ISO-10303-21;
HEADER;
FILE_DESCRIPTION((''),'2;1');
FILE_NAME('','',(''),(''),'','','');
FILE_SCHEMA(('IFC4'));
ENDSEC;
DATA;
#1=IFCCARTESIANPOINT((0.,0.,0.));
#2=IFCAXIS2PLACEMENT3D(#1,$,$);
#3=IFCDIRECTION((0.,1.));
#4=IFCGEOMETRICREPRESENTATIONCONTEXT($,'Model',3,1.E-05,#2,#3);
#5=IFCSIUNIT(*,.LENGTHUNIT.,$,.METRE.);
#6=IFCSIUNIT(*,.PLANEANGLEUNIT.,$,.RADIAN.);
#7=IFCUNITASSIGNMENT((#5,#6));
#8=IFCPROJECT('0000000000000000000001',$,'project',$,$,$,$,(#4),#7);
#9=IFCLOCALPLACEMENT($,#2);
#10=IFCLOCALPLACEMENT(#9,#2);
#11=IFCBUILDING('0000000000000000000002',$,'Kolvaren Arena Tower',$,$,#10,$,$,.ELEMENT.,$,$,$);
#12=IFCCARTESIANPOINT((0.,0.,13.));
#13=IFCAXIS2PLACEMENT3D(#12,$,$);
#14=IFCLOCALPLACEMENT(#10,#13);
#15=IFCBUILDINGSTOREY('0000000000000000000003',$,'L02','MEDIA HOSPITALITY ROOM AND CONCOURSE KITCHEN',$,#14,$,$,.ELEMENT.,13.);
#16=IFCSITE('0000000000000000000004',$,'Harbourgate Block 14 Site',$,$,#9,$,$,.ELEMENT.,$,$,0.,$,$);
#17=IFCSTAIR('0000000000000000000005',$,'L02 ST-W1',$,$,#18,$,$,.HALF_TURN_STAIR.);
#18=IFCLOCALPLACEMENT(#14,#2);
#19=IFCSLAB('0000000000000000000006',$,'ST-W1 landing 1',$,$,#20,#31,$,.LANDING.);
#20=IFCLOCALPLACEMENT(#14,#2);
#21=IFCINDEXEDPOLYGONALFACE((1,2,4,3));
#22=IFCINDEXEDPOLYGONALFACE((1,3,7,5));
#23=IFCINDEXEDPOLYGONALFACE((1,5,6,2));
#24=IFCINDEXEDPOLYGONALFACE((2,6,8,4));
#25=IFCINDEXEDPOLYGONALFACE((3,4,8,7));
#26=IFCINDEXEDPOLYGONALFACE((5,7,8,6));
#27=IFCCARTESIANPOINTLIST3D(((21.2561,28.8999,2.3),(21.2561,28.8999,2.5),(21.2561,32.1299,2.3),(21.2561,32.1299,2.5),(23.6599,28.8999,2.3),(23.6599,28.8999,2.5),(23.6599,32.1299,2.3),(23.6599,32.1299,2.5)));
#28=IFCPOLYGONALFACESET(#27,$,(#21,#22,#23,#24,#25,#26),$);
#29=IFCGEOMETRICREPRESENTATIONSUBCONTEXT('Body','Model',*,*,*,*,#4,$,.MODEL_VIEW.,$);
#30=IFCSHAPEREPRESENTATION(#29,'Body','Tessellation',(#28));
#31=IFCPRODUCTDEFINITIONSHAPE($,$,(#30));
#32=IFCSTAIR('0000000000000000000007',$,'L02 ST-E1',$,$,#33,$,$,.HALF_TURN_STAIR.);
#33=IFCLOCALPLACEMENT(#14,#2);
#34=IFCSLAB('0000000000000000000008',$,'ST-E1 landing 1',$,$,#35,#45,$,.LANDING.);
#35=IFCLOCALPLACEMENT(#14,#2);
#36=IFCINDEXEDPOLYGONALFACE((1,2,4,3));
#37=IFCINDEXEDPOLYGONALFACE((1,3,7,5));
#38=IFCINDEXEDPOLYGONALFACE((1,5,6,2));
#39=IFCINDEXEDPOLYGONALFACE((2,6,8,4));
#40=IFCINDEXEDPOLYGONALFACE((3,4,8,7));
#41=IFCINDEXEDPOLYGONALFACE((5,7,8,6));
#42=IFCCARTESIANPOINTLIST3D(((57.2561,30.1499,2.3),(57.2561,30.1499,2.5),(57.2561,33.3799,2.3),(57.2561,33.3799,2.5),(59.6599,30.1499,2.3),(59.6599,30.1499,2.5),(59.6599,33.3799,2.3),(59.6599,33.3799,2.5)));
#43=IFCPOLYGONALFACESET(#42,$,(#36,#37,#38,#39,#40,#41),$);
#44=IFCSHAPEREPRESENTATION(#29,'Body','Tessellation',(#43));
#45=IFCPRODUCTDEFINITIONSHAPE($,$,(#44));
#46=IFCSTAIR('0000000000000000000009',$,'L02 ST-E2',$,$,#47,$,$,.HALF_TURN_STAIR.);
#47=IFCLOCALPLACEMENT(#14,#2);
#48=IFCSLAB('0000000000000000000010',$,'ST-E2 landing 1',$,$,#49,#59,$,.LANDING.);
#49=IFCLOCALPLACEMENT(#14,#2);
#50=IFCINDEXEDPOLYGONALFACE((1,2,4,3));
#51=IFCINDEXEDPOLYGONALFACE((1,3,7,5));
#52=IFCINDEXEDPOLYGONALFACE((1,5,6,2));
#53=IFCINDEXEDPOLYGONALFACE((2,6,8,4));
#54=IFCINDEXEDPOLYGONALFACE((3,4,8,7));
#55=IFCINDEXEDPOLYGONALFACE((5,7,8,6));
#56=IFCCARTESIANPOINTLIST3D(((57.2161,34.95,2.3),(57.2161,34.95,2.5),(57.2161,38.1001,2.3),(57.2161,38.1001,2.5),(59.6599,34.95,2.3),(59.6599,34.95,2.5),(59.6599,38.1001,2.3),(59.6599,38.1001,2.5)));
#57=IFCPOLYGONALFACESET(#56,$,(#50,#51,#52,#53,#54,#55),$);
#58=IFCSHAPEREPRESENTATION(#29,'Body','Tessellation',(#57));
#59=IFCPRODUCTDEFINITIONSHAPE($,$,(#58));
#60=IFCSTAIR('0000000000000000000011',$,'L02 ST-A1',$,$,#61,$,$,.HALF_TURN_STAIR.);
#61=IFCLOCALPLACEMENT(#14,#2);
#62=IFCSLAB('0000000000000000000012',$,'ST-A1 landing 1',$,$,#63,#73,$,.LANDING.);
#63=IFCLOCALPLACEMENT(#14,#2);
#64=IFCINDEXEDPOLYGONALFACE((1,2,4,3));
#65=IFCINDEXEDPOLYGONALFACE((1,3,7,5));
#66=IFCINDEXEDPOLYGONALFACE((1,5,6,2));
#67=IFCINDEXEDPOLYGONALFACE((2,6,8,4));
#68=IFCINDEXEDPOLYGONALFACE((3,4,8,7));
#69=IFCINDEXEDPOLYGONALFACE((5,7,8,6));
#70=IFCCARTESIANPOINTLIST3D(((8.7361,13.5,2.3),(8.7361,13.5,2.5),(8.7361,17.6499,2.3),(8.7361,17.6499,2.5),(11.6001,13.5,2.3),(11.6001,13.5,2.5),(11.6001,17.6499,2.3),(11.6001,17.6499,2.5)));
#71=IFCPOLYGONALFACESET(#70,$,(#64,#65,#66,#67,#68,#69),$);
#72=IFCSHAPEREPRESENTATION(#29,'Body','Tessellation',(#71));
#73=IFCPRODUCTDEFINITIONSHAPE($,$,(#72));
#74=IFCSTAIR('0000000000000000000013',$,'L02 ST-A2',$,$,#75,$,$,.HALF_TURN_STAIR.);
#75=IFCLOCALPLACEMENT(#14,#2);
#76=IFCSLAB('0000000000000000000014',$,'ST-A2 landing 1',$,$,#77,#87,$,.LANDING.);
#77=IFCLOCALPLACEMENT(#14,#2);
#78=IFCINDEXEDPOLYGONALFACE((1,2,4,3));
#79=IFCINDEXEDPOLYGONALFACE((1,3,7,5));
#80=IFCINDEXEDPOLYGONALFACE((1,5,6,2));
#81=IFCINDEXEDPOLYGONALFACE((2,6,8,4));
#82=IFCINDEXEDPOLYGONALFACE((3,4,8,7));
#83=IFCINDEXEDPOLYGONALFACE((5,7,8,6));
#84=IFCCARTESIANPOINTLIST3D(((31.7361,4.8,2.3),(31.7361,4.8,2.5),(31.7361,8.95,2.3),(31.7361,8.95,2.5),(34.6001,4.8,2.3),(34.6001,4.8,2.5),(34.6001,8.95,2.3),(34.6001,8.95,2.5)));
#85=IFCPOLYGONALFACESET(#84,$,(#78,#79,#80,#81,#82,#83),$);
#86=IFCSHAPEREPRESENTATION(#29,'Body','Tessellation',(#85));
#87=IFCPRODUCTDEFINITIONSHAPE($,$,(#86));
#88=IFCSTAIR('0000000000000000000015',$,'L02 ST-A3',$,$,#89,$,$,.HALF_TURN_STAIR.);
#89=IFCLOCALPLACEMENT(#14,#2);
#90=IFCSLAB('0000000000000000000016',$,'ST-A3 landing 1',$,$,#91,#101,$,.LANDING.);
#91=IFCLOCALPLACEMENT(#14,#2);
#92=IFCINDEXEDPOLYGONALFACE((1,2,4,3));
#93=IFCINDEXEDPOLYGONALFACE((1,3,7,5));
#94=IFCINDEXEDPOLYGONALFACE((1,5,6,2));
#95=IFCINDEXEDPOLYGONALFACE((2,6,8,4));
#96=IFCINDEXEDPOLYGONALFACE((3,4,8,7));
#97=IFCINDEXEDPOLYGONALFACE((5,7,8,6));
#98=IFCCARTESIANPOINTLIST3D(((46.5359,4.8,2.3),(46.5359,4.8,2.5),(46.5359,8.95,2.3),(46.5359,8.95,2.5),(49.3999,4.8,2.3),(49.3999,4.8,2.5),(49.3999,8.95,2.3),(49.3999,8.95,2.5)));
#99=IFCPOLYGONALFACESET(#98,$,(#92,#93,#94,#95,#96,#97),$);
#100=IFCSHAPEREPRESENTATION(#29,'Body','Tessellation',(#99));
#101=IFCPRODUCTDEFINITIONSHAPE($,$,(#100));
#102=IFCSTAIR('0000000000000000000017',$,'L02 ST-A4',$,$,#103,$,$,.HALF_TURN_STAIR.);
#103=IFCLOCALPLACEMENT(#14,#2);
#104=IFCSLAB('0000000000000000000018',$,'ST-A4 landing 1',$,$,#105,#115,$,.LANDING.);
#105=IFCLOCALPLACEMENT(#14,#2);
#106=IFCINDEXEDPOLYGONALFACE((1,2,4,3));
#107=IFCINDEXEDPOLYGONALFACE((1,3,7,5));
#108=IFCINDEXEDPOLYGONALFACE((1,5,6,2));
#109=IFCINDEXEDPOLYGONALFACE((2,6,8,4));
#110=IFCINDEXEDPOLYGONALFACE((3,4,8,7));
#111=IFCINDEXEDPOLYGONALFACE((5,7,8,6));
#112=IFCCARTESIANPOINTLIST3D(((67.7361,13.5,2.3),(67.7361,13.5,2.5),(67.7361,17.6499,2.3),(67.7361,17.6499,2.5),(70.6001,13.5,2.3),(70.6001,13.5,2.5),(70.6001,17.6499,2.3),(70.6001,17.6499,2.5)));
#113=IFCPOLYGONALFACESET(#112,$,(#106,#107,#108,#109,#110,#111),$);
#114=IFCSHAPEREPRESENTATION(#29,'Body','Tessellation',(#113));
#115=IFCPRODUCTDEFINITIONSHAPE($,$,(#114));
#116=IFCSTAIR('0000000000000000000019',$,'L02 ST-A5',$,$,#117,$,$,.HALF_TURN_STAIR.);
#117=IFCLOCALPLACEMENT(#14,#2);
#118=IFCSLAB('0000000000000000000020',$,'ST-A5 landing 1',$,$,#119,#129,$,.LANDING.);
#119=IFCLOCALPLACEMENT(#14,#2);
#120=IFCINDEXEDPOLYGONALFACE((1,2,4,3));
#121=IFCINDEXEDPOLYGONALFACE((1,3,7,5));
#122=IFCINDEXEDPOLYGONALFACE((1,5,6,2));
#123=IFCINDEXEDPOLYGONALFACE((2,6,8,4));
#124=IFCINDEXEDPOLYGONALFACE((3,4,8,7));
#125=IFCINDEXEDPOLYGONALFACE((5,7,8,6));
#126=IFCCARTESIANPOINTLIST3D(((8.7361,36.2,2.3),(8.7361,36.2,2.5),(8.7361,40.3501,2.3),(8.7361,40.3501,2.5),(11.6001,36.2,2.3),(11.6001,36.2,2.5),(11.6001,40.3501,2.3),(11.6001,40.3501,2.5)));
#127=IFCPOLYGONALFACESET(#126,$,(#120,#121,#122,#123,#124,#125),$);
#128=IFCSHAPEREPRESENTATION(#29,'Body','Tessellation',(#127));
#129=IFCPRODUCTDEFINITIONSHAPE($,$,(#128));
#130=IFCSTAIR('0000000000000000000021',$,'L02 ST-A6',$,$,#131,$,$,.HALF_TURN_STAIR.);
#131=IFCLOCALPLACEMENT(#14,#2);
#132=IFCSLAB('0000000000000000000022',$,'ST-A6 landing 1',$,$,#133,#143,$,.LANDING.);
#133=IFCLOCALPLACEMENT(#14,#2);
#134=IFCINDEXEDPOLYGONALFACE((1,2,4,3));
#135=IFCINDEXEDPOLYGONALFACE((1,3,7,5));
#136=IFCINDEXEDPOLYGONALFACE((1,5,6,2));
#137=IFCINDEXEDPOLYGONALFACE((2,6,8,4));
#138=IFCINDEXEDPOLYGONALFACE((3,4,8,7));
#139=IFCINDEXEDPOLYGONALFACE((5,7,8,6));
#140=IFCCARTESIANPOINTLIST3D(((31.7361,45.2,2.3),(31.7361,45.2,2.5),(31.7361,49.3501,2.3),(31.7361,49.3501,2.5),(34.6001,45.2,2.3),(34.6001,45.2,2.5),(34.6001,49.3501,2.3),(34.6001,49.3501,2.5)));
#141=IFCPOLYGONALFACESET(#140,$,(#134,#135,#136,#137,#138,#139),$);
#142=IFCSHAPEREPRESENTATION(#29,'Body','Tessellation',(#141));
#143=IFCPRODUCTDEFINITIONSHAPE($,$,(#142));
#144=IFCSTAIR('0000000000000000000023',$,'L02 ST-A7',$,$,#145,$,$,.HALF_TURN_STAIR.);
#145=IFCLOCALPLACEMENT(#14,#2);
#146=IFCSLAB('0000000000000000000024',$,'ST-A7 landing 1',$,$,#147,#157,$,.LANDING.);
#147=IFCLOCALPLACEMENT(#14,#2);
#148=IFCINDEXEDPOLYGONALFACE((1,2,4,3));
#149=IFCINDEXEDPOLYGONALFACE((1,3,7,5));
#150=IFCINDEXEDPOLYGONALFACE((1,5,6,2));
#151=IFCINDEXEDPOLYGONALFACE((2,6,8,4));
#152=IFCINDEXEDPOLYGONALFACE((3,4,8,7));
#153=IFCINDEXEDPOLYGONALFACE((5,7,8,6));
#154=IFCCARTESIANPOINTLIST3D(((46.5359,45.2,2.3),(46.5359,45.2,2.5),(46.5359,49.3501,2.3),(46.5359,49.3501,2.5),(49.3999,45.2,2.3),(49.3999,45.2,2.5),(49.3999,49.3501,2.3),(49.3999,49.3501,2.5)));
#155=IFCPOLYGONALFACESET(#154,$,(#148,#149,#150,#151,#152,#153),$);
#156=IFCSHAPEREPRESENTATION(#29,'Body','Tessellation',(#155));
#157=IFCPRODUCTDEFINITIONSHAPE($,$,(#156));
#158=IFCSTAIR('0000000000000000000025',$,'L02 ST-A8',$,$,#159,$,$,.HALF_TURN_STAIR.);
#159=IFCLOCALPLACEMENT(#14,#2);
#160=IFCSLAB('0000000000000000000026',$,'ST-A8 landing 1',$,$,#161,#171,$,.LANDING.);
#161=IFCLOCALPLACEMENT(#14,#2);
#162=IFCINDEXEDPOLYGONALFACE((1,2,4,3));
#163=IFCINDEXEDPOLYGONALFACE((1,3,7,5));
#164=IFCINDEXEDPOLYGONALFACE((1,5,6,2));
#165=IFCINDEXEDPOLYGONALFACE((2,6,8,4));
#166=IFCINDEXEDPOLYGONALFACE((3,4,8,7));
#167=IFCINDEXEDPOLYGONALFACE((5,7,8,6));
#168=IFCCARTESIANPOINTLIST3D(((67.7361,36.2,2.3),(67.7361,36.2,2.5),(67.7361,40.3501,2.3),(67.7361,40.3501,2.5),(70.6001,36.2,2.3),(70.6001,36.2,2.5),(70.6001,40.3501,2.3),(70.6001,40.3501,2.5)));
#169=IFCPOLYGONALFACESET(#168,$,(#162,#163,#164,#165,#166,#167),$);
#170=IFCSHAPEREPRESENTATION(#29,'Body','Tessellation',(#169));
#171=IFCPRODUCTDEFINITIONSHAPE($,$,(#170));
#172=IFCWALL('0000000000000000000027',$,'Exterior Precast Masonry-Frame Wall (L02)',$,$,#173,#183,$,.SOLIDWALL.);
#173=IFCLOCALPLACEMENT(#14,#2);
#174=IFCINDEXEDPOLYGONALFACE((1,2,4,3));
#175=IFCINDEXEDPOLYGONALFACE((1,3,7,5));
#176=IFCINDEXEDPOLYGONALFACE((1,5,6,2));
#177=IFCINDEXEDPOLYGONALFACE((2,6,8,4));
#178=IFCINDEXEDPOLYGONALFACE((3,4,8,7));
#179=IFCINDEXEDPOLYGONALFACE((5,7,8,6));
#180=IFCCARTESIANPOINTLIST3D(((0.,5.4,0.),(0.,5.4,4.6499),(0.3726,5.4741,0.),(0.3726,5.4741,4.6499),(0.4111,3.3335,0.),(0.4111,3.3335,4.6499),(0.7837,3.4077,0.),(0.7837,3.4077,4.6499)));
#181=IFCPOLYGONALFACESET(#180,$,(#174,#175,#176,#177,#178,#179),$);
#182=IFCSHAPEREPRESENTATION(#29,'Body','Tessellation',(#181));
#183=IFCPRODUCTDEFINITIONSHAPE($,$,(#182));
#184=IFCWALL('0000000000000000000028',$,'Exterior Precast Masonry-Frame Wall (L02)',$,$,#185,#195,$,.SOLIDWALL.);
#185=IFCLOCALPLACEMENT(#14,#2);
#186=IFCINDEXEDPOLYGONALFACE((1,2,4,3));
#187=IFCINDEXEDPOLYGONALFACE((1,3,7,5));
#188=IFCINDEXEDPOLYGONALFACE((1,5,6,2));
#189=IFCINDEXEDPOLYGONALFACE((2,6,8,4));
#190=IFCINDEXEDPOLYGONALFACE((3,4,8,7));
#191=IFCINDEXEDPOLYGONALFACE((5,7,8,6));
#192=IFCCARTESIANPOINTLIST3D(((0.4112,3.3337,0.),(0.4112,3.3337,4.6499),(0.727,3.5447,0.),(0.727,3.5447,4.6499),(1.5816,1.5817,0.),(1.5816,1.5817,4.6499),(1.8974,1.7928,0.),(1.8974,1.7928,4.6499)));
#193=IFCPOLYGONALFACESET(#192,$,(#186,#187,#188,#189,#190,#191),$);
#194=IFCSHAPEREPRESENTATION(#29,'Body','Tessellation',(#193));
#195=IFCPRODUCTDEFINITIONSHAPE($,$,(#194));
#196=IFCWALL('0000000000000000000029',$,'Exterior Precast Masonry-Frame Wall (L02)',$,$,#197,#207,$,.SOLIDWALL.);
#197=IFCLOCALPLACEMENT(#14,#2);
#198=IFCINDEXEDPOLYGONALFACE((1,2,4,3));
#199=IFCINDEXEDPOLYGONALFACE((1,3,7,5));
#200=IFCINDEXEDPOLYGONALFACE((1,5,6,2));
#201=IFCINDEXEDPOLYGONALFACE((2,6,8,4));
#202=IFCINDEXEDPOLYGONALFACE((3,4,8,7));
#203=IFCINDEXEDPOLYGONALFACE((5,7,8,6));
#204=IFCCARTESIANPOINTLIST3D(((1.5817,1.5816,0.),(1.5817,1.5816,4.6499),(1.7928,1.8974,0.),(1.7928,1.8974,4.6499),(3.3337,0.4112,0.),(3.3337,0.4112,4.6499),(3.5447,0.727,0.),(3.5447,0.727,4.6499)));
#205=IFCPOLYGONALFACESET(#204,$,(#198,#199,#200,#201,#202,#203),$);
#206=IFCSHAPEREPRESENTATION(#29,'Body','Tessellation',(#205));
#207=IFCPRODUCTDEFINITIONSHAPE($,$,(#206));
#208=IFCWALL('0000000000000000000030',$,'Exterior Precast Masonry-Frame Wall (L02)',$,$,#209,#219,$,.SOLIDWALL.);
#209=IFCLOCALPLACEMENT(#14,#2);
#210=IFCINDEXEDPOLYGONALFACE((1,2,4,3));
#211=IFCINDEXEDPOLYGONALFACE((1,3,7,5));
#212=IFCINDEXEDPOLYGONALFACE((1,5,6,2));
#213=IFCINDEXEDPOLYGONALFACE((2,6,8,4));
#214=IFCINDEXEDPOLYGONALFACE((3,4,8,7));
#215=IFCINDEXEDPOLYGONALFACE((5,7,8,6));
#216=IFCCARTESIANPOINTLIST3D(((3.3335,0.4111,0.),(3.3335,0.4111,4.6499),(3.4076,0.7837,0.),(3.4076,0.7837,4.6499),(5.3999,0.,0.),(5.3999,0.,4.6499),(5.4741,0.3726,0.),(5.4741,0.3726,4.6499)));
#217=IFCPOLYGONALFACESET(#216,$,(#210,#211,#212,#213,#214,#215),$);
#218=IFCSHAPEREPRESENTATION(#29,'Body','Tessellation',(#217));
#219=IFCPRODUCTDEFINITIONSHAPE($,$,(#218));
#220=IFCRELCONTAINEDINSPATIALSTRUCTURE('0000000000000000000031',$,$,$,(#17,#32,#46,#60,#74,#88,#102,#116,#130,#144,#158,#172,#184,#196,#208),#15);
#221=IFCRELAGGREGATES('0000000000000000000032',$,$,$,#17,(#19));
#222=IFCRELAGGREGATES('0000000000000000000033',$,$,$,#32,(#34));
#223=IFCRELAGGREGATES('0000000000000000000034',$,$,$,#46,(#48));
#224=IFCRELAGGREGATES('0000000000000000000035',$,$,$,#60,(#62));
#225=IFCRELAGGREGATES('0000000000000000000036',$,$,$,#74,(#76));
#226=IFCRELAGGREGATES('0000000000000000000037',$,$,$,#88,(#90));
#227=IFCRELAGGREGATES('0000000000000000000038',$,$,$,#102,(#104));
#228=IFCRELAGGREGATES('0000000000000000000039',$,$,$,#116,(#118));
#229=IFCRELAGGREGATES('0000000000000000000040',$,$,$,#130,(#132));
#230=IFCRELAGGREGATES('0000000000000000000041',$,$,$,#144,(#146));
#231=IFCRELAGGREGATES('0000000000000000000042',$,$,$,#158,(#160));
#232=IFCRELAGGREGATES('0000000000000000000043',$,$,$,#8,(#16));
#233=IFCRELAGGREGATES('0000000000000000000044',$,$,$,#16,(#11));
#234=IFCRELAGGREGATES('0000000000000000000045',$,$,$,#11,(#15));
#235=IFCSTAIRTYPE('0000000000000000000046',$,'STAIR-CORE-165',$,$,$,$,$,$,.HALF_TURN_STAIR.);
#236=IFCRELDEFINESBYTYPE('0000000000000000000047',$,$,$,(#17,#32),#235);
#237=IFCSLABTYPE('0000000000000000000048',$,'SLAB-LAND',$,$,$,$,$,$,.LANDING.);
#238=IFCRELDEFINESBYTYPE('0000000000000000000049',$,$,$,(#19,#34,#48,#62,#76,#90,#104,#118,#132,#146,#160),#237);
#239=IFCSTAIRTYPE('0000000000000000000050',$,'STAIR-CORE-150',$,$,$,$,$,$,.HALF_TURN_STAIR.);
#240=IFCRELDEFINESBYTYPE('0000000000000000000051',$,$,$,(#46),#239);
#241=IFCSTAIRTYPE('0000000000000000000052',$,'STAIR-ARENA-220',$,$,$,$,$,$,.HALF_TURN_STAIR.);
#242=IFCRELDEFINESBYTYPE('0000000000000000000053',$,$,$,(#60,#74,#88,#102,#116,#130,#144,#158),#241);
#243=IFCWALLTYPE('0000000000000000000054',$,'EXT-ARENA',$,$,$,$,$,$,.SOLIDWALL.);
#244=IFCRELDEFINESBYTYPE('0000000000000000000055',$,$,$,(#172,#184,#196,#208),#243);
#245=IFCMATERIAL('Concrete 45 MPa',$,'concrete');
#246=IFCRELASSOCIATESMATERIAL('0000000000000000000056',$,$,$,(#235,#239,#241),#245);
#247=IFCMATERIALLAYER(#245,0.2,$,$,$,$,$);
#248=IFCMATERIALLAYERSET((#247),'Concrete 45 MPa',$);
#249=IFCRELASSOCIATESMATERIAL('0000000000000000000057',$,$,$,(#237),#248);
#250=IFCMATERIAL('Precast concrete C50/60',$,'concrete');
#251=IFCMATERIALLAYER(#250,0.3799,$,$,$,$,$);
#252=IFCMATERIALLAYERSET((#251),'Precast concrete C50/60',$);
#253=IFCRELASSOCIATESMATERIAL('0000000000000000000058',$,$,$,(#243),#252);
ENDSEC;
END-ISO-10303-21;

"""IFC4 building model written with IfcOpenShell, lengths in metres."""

from ifc_helpers import new_model, si_unit, direction, frame, frame_2d, origin, place, context, subcontext, project, spatial, polyline, rectangle, outline, extrude, material, layer, layer_set, type_object, element, aggregate, save


model = new_model("IFC4")

# Units and contexts
model_context = context("Model", 3, precision=1e-05, world=origin(), true_north=direction((0.0, 1.0)))
body_context = subcontext(model_context, "Body", "Model", "MODEL_VIEW")
ifc_project = project(units=[si_unit("LENGTHUNIT", "METRE"), si_unit("PLANEANGLEUNIT", "RADIAN")], contexts=[model_context])

# Site, building, storey
site_placement = place(None, origin())
site = spatial("IfcSite", under=ifc_project, at=site_placement, Name="Harbourgate Block 14 Site", CompositionType="ELEMENT", RefElevation=0.0)
building_placement = place(site_placement, origin())
building = spatial("IfcBuilding", under=site, at=building_placement, Name="Kolvaren Arena Tower", CompositionType="ELEMENT")
storey_placement = place(building_placement, frame((0.0, 0.0, 13.0)))
storey = spatial("IfcBuildingStorey", under=building, at=storey_placement, Name="L02", Description="MEDIA HOSPITALITY ROOM AND CONCOURSE KITCHEN", CompositionType="ELEMENT", Elevation=13.0)

# Stairs, slabs
ifc_material_1 = material(Name="Concrete 45 MPa", Category="concrete")
stair_type_1 = type_object("IfcStairType", Name="STAIR-CORE-165", PredefinedType="HALF_TURN_STAIR", material=ifc_material_1)
stair_1_placement = place(storey_placement, origin())
stair_1 = element("IfcStair", 1, at=stair_1_placement, inside=storey, type_object=stair_type_1, Name="L02 ST-W1", PredefinedType="HALF_TURN_STAIR")
ifc_layer_1 = layer(ifc_material_1, 0.2)
ifc_layer_set_1 = layer_set([ifc_layer_1], Name="Concrete 45 MPa")
slab_type_1 = type_object("IfcSlabType", Name="SLAB-LAND", PredefinedType="LANDING", material=ifc_layer_set_1)
slab_1_placement = place(storey_placement, frame((0.0, 0.0, 2.3)))
slab_1 = element("IfcSlab", 2, at=slab_1_placement, type_object=slab_type_1, Name="ST-W1 landing 1", PredefinedType="LANDING", context=body_context, shape_type="SweptSolid", body=[
    extrude(outline(polyline([(21.2561, 28.8999), (23.6599, 28.8999), (23.6599, 32.1299), (21.2561, 32.1299), (21.2561, 28.8999)])), origin(), (0.0, 0.0, 1.0), 0.2),
])
aggregate(stair_1, [slab_1])
stair_2_placement = place(storey_placement, origin())
stair_2 = element("IfcStair", 3, at=stair_2_placement, inside=storey, type_object=stair_type_1, Name="L02 ST-E1", PredefinedType="HALF_TURN_STAIR")
slab_2_placement = place(storey_placement, frame((0.0, 0.0, 2.3)))
slab_2 = element("IfcSlab", 4, at=slab_2_placement, type_object=slab_type_1, Name="ST-E1 landing 1", PredefinedType="LANDING", context=body_context, shape_type="SweptSolid", body=[
    extrude(outline(polyline([(57.2561, 30.1499), (59.6599, 30.1499), (59.6599, 33.3799), (57.2561, 33.3799), (57.2561, 30.1499)])), origin(), (0.0, 0.0, 1.0), 0.2),
])
aggregate(stair_2, [slab_2])
stair_type_2 = type_object("IfcStairType", Name="STAIR-CORE-150", PredefinedType="HALF_TURN_STAIR", material=ifc_material_1)
stair_3_placement = place(storey_placement, origin())
stair_3 = element("IfcStair", 5, at=stair_3_placement, inside=storey, type_object=stair_type_2, Name="L02 ST-E2", PredefinedType="HALF_TURN_STAIR")
slab_3_placement = place(storey_placement, frame((0.0, 0.0, 2.3)))
slab_3 = element("IfcSlab", 6, at=slab_3_placement, type_object=slab_type_1, Name="ST-E2 landing 1", PredefinedType="LANDING", context=body_context, shape_type="SweptSolid", body=[
    extrude(outline(polyline([(57.2161, 34.95), (59.6599, 34.95), (59.6599, 38.1001), (57.2161, 38.1001), (57.2161, 34.95)])), origin(), (0.0, 0.0, 1.0), 0.2),
])
aggregate(stair_3, [slab_3])
stair_type_3 = type_object("IfcStairType", Name="STAIR-ARENA-220", PredefinedType="HALF_TURN_STAIR", material=ifc_material_1)
stair_4_placement = place(storey_placement, origin())
stair_4 = element("IfcStair", 7, at=stair_4_placement, inside=storey, type_object=stair_type_3, Name="L02 ST-A1", PredefinedType="HALF_TURN_STAIR")
slab_4_placement = place(storey_placement, frame((0.0, 0.0, 2.3)))
slab_4 = element("IfcSlab", 8, at=slab_4_placement, type_object=slab_type_1, Name="ST-A1 landing 1", PredefinedType="LANDING", context=body_context, shape_type="SweptSolid", body=[
    extrude(outline(polyline([(8.7361, 13.5), (11.6001, 13.5), (11.6001, 17.6499), (8.7361, 17.6499), (8.7361, 13.5)])), origin(), (0.0, 0.0, 1.0), 0.2),
])
aggregate(stair_4, [slab_4])
stair_5_placement = place(storey_placement, origin())
stair_5 = element("IfcStair", 9, at=stair_5_placement, inside=storey, type_object=stair_type_3, Name="L02 ST-A2", PredefinedType="HALF_TURN_STAIR")
slab_5_placement = place(storey_placement, frame((0.0, 0.0, 2.3)))
slab_5 = element("IfcSlab", 10, at=slab_5_placement, type_object=slab_type_1, Name="ST-A2 landing 1", PredefinedType="LANDING", context=body_context, shape_type="SweptSolid", body=[
    extrude(outline(polyline([(31.7361, 4.8), (34.6001, 4.8), (34.6001, 8.95), (31.7361, 8.95), (31.7361, 4.8)])), origin(), (0.0, 0.0, 1.0), 0.2),
])
aggregate(stair_5, [slab_5])
stair_6_placement = place(storey_placement, origin())
stair_6 = element("IfcStair", 11, at=stair_6_placement, inside=storey, type_object=stair_type_3, Name="L02 ST-A3", PredefinedType="HALF_TURN_STAIR")
slab_6_placement = place(storey_placement, frame((0.0, 0.0, 2.3)))
slab_6 = element("IfcSlab", 12, at=slab_6_placement, type_object=slab_type_1, Name="ST-A3 landing 1", PredefinedType="LANDING", context=body_context, shape_type="SweptSolid", body=[
    extrude(outline(polyline([(46.5359, 4.8), (49.3999, 4.8), (49.3999, 8.95), (46.5359, 8.95), (46.5359, 4.8)])), origin(), (0.0, 0.0, 1.0), 0.2),
])
aggregate(stair_6, [slab_6])
stair_7_placement = place(storey_placement, origin())
stair_7 = element("IfcStair", 13, at=stair_7_placement, inside=storey, type_object=stair_type_3, Name="L02 ST-A4", PredefinedType="HALF_TURN_STAIR")
slab_7_placement = place(storey_placement, frame((0.0, 0.0, 2.3)))
slab_7 = element("IfcSlab", 14, at=slab_7_placement, type_object=slab_type_1, Name="ST-A4 landing 1", PredefinedType="LANDING", context=body_context, shape_type="SweptSolid", body=[
    extrude(outline(polyline([(67.7361, 13.5), (70.6001, 13.5), (70.6001, 17.6499), (67.7361, 17.6499), (67.7361, 13.5)])), origin(), (0.0, 0.0, 1.0), 0.2),
])
aggregate(stair_7, [slab_7])
stair_8_placement = place(storey_placement, origin())
stair_8 = element("IfcStair", 15, at=stair_8_placement, inside=storey, type_object=stair_type_3, Name="L02 ST-A5", PredefinedType="HALF_TURN_STAIR")
slab_8_placement = place(storey_placement, frame((0.0, 0.0, 2.3)))
slab_8 = element("IfcSlab", 16, at=slab_8_placement, type_object=slab_type_1, Name="ST-A5 landing 1", PredefinedType="LANDING", context=body_context, shape_type="SweptSolid", body=[
    extrude(outline(polyline([(8.7361, 36.2), (11.6001, 36.2), (11.6001, 40.3501), (8.7361, 40.3501), (8.7361, 36.2)])), origin(), (0.0, 0.0, 1.0), 0.2),
])
aggregate(stair_8, [slab_8])
stair_9_placement = place(storey_placement, origin())
stair_9 = element("IfcStair", 17, at=stair_9_placement, inside=storey, type_object=stair_type_3, Name="L02 ST-A6", PredefinedType="HALF_TURN_STAIR")
slab_9_placement = place(storey_placement, frame((0.0, 0.0, 2.3)))
slab_9 = element("IfcSlab", 18, at=slab_9_placement, type_object=slab_type_1, Name="ST-A6 landing 1", PredefinedType="LANDING", context=body_context, shape_type="SweptSolid", body=[
    extrude(outline(polyline([(31.7361, 45.2), (34.6001, 45.2), (34.6001, 49.3501), (31.7361, 49.3501), (31.7361, 45.2)])), origin(), (0.0, 0.0, 1.0), 0.2),
])
aggregate(stair_9, [slab_9])
stair_10_placement = place(storey_placement, origin())
stair_10 = element("IfcStair", 19, at=stair_10_placement, inside=storey, type_object=stair_type_3, Name="L02 ST-A7", PredefinedType="HALF_TURN_STAIR")
slab_10_placement = place(storey_placement, frame((0.0, 0.0, 2.3)))
slab_10 = element("IfcSlab", 20, at=slab_10_placement, type_object=slab_type_1, Name="ST-A7 landing 1", PredefinedType="LANDING", context=body_context, shape_type="SweptSolid", body=[
    extrude(outline(polyline([(46.5359, 45.2), (49.3999, 45.2), (49.3999, 49.3501), (46.5359, 49.3501), (46.5359, 45.2)])), origin(), (0.0, 0.0, 1.0), 0.2),
])
aggregate(stair_10, [slab_10])
stair_11_placement = place(storey_placement, origin())
stair_11 = element("IfcStair", 21, at=stair_11_placement, inside=storey, type_object=stair_type_3, Name="L02 ST-A8", PredefinedType="HALF_TURN_STAIR")
slab_11_placement = place(storey_placement, frame((0.0, 0.0, 2.3)))
slab_11 = element("IfcSlab", 22, at=slab_11_placement, type_object=slab_type_1, Name="ST-A8 landing 1", PredefinedType="LANDING", context=body_context, shape_type="SweptSolid", body=[
    extrude(outline(polyline([(67.7361, 36.2), (70.6001, 36.2), (70.6001, 40.3501), (67.7361, 40.3501), (67.7361, 36.2)])), origin(), (0.0, 0.0, 1.0), 0.2),
])
aggregate(stair_11, [slab_11])

# Walls
ifc_material_2 = material(Name="Precast concrete C50/60", Category="concrete")
ifc_layer_2 = layer(ifc_material_2, 0.3799)
ifc_layer_set_2 = layer_set([ifc_layer_2], Name="Precast concrete C50/60")
wall_type_1 = type_object("IfcWallType", Name="EXT-ARENA", PredefinedType="SOLIDWALL", material=ifc_layer_set_2)
for number, where, z_axis, x_axis, name in (
    (23, (0.5974, 3.3706, 0.0), (0.0, 0.0, 1.0), (-0.195136, 0.980776, 0.0), "Exterior Precast Masonry-Frame Wall (L02)"),
    (24, (1.7395, 1.6873, 0.0), (0.0, 0.0, 1.0), (-0.555502, 0.831515, 0.0), "Exterior Precast Masonry-Frame Wall (L02)"),
    (25, (3.4392, 0.5691, 0.0), (0.0, 0.0, 1.0), (-0.831515, 0.555502, 0.0), "Exterior Precast Masonry-Frame Wall (L02)"),
    (26, (5.437, 0.1863, 0.0), (0.0, 0.0, 1.0), (-0.980776, 0.195136, 0.0), "Exterior Precast Masonry-Frame Wall (L02)"),
):
    element("IfcWall", number, at=place(storey_placement, frame(where, z_axis=z_axis, x_axis=x_axis)), inside=storey, type_object=wall_type_1, Name=name, PredefinedType="SOLIDWALL", context=body_context, shape_type="SweptSolid", body=[
        extrude(rectangle(XDim=2.1069, YDim=0.3799, at=frame_2d((1.0535, 0.0))), origin(), (0.0, 0.0, 1.0), 4.6499),
    ])

save(model, "model.ifc")
